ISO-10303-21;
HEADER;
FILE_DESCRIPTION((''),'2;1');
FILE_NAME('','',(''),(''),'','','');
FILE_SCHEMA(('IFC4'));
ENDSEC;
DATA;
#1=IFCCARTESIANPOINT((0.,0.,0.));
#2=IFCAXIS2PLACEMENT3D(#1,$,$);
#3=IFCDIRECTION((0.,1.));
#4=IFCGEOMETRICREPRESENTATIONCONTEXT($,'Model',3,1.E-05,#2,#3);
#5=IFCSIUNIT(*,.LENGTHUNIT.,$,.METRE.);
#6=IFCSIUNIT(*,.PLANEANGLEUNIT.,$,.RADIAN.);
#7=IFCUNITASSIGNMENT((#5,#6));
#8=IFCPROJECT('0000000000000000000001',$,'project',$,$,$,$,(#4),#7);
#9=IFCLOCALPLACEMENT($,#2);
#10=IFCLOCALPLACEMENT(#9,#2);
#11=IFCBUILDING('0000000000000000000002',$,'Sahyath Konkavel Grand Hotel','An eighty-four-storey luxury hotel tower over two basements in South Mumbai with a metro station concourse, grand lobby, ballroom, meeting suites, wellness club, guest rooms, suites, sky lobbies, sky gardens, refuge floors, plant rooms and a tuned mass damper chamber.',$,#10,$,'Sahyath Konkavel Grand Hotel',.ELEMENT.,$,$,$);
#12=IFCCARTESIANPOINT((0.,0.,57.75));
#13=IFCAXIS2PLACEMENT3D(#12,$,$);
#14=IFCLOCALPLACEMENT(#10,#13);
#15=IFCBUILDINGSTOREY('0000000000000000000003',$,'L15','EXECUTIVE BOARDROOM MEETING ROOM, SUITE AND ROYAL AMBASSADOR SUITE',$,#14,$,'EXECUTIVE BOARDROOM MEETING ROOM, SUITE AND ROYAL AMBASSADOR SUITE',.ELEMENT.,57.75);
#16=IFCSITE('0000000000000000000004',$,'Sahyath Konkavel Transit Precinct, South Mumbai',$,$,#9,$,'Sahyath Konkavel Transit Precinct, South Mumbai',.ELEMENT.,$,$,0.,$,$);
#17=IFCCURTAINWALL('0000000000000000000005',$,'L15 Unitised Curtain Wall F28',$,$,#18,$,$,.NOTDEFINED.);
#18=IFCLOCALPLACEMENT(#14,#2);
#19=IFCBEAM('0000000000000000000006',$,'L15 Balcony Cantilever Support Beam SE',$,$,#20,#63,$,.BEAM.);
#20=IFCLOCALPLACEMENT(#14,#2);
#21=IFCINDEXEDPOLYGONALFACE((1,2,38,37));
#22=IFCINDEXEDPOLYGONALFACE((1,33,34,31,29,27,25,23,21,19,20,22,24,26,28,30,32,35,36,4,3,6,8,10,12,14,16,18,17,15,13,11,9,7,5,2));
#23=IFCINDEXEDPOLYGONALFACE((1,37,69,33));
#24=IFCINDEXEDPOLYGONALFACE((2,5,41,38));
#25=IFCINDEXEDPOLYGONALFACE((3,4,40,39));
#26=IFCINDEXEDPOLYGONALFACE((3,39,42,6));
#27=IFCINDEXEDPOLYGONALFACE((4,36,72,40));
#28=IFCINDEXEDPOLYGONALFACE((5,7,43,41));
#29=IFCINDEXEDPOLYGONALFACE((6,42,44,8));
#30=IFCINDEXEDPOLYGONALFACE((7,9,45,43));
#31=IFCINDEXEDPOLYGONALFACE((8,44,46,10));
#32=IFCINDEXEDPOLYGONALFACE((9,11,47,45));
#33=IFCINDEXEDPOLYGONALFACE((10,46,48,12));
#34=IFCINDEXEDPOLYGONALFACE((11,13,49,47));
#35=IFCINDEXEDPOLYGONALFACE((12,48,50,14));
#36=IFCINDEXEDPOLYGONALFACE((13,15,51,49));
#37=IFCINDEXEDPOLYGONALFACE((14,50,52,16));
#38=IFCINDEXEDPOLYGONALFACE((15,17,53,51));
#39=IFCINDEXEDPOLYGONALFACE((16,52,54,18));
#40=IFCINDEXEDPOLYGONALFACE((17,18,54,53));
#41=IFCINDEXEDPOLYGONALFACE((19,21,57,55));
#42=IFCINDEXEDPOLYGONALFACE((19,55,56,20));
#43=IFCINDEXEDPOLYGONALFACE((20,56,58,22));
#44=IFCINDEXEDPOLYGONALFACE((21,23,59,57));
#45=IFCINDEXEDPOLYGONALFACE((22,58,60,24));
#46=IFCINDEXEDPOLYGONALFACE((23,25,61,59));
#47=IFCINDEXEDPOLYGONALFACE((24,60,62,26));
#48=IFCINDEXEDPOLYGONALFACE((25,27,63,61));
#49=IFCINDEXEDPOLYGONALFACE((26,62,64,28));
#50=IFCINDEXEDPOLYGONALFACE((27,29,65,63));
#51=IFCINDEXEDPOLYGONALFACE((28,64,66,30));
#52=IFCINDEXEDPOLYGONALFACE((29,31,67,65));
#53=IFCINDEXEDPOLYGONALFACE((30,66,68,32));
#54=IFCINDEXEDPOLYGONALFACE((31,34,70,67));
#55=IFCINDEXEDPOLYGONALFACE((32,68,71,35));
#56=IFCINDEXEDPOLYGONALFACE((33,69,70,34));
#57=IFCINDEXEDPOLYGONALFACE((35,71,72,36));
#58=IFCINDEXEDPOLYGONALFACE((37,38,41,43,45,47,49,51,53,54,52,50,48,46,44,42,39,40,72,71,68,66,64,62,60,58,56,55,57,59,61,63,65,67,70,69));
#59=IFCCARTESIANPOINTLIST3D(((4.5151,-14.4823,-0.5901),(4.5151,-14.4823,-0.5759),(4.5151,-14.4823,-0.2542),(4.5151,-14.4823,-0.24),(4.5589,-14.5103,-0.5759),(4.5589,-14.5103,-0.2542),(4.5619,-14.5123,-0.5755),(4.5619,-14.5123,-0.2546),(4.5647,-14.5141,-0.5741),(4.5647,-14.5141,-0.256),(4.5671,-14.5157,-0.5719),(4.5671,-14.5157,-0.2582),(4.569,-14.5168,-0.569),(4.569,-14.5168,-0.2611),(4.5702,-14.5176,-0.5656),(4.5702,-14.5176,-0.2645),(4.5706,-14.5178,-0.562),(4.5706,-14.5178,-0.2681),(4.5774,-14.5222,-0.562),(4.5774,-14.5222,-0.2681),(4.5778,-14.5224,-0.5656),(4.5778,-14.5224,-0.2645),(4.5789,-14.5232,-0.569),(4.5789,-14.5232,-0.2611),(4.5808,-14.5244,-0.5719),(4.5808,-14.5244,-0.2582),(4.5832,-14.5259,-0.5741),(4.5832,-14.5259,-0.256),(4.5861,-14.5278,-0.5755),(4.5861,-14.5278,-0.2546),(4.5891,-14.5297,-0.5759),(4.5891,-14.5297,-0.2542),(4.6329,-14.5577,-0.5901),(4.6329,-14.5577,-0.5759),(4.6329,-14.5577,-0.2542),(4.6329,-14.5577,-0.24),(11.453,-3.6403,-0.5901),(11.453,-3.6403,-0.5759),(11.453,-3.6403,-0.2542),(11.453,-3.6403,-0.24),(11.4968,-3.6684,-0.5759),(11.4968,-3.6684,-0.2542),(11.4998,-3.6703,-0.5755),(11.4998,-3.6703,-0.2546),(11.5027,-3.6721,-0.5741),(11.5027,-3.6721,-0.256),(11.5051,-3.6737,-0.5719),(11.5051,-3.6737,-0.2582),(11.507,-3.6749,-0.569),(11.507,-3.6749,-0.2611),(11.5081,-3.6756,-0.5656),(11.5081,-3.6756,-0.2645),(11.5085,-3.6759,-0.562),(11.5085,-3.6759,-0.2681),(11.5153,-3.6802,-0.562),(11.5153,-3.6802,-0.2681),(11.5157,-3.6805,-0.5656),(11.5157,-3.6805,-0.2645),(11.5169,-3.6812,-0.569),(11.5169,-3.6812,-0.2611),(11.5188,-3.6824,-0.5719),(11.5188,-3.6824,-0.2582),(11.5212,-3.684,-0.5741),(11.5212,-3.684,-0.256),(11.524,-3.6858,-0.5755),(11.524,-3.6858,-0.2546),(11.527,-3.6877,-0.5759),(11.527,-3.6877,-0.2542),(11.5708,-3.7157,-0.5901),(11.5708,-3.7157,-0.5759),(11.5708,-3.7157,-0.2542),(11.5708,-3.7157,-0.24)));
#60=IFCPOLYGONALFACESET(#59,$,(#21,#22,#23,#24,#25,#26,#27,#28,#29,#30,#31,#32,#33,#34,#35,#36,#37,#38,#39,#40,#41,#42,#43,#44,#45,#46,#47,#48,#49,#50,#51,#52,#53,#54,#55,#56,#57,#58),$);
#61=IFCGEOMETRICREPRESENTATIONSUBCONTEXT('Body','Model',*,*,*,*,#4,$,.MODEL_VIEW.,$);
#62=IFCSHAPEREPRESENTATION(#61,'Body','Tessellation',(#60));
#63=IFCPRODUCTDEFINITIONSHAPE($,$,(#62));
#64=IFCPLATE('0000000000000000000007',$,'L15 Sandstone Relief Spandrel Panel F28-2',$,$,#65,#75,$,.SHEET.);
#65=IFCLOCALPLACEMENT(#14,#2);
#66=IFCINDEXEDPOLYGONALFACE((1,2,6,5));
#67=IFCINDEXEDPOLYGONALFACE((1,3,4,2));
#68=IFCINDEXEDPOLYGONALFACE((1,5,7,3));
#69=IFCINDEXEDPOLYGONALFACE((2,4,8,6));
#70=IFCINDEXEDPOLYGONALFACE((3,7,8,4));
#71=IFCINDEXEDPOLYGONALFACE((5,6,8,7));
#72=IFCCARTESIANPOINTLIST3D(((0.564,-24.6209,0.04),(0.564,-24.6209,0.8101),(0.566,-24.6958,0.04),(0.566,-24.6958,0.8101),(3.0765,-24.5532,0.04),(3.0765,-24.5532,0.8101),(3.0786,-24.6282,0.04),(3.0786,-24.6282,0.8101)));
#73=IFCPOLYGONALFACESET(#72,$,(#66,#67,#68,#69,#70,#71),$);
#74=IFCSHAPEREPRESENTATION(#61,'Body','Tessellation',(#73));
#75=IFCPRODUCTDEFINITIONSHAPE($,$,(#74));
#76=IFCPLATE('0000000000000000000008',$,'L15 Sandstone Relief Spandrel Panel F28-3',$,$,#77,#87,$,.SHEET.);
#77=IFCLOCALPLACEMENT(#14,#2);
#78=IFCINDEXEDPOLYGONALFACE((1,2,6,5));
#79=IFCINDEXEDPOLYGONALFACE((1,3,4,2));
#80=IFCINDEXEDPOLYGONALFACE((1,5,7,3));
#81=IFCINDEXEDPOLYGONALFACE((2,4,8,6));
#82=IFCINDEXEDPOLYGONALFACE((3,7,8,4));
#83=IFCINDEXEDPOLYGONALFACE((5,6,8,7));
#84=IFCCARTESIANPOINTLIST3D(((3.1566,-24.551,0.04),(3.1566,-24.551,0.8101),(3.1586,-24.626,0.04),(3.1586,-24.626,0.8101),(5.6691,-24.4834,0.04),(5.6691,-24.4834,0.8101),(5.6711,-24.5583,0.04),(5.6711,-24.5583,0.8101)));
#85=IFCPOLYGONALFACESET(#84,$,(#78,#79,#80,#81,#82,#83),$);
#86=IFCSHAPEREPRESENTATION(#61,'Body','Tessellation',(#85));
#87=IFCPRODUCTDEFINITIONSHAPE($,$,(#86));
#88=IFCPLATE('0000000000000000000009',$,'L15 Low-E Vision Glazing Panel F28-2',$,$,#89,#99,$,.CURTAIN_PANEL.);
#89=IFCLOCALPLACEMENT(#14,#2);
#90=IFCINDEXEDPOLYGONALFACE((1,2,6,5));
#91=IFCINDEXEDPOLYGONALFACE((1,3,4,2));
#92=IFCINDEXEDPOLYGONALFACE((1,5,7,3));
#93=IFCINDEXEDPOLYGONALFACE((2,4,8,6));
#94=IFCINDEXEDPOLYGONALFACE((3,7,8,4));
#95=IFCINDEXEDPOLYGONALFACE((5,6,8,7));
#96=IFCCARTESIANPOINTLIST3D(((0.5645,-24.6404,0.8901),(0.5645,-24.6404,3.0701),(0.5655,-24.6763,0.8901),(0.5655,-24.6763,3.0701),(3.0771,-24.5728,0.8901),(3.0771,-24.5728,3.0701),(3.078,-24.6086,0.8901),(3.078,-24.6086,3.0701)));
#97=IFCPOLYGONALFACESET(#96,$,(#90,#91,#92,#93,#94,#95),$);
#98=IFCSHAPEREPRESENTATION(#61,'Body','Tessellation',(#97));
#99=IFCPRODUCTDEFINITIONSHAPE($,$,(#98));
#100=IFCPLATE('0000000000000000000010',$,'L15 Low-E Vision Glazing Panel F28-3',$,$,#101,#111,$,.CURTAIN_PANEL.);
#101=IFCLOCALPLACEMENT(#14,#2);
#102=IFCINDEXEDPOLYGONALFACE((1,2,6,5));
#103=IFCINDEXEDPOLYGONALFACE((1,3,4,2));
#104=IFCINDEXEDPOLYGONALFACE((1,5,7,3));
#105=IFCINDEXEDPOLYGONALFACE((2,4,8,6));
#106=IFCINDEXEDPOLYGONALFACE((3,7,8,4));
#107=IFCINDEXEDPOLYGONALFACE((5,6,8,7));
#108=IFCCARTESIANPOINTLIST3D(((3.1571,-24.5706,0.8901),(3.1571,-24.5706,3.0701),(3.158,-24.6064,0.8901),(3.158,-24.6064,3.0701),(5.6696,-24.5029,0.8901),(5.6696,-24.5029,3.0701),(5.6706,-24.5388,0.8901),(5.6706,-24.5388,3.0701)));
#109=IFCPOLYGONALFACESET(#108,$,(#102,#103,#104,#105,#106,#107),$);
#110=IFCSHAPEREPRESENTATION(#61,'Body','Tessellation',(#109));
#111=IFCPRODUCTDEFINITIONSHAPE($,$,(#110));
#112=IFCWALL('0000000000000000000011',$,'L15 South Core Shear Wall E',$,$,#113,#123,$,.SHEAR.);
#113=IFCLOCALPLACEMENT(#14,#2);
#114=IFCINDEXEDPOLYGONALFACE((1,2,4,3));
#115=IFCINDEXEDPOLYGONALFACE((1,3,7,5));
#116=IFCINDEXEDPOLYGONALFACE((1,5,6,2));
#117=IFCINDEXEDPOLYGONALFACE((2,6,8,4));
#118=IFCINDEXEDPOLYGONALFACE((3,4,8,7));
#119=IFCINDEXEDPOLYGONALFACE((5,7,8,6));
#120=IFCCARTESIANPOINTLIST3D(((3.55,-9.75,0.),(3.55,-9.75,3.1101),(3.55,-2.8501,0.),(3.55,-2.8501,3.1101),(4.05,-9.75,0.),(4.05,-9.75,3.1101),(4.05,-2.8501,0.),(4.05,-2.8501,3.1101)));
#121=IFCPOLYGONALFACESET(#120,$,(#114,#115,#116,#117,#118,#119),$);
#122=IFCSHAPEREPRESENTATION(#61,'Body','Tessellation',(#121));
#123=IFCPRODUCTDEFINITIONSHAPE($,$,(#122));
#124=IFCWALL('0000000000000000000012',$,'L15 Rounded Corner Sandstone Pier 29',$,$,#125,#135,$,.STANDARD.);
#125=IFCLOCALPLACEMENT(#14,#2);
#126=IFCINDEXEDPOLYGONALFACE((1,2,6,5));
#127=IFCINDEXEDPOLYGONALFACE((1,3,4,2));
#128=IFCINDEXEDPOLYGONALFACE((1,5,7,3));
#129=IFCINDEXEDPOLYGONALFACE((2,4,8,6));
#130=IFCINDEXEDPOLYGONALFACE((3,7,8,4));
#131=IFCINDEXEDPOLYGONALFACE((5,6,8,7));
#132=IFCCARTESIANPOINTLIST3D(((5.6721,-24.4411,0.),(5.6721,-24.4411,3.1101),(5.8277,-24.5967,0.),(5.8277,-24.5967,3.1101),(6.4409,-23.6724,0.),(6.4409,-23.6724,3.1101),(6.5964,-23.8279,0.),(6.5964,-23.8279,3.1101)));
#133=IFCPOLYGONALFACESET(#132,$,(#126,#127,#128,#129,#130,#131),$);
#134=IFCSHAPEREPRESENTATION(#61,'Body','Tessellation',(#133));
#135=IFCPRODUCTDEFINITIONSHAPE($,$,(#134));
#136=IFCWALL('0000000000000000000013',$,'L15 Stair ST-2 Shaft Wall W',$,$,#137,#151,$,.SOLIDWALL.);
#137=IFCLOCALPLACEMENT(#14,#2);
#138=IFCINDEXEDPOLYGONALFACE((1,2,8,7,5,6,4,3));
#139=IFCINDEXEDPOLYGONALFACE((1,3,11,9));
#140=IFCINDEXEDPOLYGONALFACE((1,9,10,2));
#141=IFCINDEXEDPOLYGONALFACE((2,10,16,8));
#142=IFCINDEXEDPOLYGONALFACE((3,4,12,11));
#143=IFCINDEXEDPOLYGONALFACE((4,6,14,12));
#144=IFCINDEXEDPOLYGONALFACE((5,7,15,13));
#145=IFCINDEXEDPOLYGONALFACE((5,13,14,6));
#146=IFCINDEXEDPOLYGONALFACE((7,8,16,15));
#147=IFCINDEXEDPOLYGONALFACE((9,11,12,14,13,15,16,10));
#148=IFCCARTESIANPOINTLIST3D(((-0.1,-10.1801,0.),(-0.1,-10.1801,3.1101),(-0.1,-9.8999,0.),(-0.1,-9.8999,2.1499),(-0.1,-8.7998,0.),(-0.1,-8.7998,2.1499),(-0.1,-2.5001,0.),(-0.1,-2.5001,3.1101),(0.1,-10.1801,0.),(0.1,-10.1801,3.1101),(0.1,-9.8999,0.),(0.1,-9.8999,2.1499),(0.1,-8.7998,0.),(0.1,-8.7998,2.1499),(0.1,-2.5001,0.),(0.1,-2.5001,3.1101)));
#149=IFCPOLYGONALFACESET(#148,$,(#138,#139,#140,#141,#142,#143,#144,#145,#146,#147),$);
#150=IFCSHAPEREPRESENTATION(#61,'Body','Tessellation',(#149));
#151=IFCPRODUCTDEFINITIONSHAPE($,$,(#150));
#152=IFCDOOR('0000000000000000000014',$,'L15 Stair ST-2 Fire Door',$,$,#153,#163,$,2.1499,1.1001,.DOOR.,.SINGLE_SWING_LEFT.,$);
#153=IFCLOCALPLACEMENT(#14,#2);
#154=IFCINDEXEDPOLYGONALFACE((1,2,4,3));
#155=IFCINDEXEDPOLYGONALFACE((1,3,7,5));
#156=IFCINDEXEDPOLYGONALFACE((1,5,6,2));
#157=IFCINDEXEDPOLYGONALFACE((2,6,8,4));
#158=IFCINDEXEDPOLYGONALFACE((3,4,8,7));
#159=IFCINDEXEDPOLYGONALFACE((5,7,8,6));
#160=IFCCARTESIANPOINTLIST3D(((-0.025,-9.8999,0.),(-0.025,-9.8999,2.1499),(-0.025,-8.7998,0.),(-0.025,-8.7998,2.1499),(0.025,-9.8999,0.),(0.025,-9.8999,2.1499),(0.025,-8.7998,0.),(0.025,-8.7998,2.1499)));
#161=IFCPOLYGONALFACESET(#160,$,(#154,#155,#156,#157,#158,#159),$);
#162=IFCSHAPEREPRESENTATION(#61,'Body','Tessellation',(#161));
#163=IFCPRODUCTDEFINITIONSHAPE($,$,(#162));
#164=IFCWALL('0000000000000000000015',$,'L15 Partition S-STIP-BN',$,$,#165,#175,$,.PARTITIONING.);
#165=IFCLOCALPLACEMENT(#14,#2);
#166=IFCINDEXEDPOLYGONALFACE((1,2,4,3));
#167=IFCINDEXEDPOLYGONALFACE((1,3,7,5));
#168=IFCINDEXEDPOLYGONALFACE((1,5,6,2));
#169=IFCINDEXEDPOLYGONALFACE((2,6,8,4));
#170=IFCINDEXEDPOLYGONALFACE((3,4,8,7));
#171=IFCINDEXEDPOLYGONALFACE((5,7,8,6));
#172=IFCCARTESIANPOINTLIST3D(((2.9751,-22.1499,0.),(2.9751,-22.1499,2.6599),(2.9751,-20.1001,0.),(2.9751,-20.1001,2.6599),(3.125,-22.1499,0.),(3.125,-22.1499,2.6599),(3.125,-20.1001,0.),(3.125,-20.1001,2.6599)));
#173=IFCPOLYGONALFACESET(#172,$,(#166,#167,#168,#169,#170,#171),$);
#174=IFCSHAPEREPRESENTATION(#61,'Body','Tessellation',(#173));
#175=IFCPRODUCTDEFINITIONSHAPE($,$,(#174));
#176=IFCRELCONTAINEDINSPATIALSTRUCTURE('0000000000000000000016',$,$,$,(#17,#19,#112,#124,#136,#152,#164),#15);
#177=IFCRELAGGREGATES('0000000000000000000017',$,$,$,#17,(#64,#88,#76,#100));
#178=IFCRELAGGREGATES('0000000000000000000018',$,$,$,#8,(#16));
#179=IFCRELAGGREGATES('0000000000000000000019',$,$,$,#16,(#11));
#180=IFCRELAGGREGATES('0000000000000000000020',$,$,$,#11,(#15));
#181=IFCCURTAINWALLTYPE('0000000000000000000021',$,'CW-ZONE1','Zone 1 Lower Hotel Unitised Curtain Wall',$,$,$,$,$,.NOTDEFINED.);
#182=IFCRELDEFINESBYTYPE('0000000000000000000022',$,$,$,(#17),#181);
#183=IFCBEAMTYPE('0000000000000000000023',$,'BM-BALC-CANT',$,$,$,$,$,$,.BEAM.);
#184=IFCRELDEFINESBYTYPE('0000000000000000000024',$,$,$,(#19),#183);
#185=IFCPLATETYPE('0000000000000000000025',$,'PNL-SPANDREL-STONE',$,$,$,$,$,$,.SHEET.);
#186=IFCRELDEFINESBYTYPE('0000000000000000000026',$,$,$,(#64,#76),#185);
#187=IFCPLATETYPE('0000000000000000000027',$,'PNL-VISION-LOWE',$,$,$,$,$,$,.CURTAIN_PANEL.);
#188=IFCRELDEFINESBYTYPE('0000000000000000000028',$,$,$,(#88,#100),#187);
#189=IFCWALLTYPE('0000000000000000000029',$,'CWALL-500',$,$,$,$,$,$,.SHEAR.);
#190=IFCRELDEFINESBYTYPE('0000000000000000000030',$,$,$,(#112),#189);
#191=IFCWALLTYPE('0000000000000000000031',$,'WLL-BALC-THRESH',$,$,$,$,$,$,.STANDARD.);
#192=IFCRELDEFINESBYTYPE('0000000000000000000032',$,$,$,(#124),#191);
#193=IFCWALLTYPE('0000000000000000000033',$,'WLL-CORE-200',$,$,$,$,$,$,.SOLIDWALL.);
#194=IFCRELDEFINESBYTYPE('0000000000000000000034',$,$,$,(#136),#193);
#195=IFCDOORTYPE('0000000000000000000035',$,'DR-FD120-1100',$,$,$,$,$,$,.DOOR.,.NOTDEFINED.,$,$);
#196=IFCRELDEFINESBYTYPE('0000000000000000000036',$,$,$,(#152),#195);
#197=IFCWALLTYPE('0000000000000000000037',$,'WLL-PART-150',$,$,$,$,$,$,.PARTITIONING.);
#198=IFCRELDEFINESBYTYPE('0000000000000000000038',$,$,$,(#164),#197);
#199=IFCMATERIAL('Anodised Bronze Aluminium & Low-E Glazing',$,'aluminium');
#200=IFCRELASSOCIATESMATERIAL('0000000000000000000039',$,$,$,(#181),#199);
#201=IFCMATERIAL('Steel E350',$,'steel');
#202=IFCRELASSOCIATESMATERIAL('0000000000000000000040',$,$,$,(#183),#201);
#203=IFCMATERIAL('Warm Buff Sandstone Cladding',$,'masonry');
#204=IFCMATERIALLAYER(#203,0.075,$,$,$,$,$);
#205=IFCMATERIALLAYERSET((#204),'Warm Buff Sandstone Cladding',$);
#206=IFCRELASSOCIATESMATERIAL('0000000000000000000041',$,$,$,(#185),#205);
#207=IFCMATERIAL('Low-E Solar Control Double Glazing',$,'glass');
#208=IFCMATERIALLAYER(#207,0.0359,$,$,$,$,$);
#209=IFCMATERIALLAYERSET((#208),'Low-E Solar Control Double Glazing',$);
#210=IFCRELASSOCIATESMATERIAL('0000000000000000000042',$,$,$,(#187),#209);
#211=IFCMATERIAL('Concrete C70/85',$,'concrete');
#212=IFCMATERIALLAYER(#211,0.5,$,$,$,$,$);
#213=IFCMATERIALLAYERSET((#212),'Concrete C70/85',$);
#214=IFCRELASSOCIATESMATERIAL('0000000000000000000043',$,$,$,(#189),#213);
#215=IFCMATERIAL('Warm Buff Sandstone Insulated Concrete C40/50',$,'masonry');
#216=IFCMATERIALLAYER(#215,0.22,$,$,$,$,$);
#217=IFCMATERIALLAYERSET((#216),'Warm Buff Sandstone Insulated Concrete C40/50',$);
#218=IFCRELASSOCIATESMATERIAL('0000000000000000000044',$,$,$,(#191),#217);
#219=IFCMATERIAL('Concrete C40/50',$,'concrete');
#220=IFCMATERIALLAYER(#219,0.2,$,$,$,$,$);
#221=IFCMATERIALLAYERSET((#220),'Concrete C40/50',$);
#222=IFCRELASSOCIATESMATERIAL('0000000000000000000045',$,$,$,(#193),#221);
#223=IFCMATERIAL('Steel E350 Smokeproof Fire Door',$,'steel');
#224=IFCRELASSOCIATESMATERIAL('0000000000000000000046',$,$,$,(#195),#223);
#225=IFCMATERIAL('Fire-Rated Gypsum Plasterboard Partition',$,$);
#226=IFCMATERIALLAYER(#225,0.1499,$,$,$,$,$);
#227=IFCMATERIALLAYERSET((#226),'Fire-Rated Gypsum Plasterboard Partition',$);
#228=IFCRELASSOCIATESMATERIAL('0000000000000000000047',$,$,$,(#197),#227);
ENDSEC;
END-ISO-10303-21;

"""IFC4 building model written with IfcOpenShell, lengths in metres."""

from ifc_helpers import new_model, si_unit, direction, frame, frame_2d, origin, origin_2d, place, context, subcontext, project, spatial, rectangle, i_section, extrude, source, transform, mapped, material, layer, layer_set, material_profile, profile_set, type_object, element, fill, aggregate, save


model = new_model("IFC4")

# Units and contexts
model_context = context("Model", 3, precision=1e-05, world=origin(), true_north=direction((0.0, 1.0)))
body_context = subcontext(model_context, "Body", "Model", "MODEL_VIEW")
ifc_project = project(units=[si_unit("LENGTHUNIT", "METRE"), si_unit("PLANEANGLEUNIT", "RADIAN")], contexts=[model_context])

# Site, building, storey
site_placement = place(None, origin())
site = spatial("IfcSite", under=ifc_project, at=site_placement, Name="Sahyath Konkavel Transit Precinct, South Mumbai", LongName="Sahyath Konkavel Transit Precinct, South Mumbai", CompositionType="ELEMENT", RefElevation=0.0)
building_placement = place(site_placement, origin())
building = spatial("IfcBuilding", under=site, at=building_placement, Name="Sahyath Konkavel Grand Hotel", Description="An eighty-four-storey luxury hotel tower over two basements in South Mumbai with a metro station concourse, grand lobby, ballroom, meeting suites, wellness club, guest rooms, suites, sky lobbies, sky gardens, refuge floors, plant rooms and a tuned mass damper chamber.", LongName="Sahyath Konkavel Grand Hotel", CompositionType="ELEMENT")
storey_placement = place(building_placement, frame((0.0, 0.0, 57.75)))
storey = spatial("IfcBuildingStorey", under=building, at=storey_placement, Name="L15", Description="EXECUTIVE BOARDROOM MEETING ROOM, SUITE AND ROYAL AMBASSADOR SUITE", LongName="EXECUTIVE BOARDROOM MEETING ROOM, SUITE AND ROYAL AMBASSADOR SUITE", CompositionType="ELEMENT", Elevation=57.75)

# Shared definitions
ifc_material_1 = material(Name="Concrete C70/85", Category="concrete")

# Shared definitions
ifc_material_2 = material(Name="Steel E350", Category="steel")

# Curtain wall
ifc_material_3 = material(Name="Anodised Bronze Aluminium & Low-E Glazing", Category="aluminium")
curtain_wall_type = type_object("IfcCurtainWallType", Name="CW-ZONE1", Description="Zone 1 Lower Hotel Unitised Curtain Wall", PredefinedType="NOTDEFINED", material=ifc_material_3)
curtain_wall_placement = place(storey_placement, origin())
curtain_wall = element("IfcCurtainWall", 1, at=curtain_wall_placement, inside=storey, type_object=curtain_wall_type, Name="L15 Unitised Curtain Wall F28", PredefinedType="NOTDEFINED")

# Beam
ifc_material_profile_1 = material_profile(ifc_material_2, i_section(OverallWidth=0.1399, OverallDepth=0.3501, WebThickness=0.0081, FlangeThickness=0.0142, FilletRadius=0.0139, at=origin_2d()), Name="ISMB 350")
ifc_profile_set_1 = profile_set([ifc_material_profile_1], Name="Steel E350")
beam_type_1 = type_object("IfcBeamType", Name="BM-BALC-CANT", PredefinedType="BEAM", material=ifc_profile_set_1)
shared_shape_1 = source(origin(), body_context, "Body", "SweptSolid", [
    extrude(i_section(OverallWidth=0.1399, OverallDepth=0.3501, WebThickness=0.0081, FlangeThickness=0.0142, FilletRadius=0.0139, at=origin_2d()), origin(), (0.0, 0.0, 1.0), 12.8718),
])
beam_1_placement = place(storey_placement, frame((4.574, -14.52, -0.415), z_axis=(0.539003, 0.842304, 0.0), x_axis=(-0.842304, 0.539003, 0.0)))
element("IfcBeam", 2, at=beam_1_placement, inside=storey, type_object=beam_type_1, Name="L15 Balcony Cantilever Support Beam SE", PredefinedType="BEAM", context=body_context, shape_type="MappedRepresentation", body=[
    mapped(shared_shape_1, transform((0.0, 0.0, 0.0), scale=1.0)),
])

# Plates
ifc_material_4 = material(Name="Warm Buff Sandstone Cladding", Category="masonry")
ifc_layer_1 = layer(ifc_material_4, 0.075)
ifc_layer_set_1 = layer_set([ifc_layer_1], Name="Warm Buff Sandstone Cladding")
plate_type_1 = type_object("IfcPlateType", Name="PNL-SPANDREL-STONE", PredefinedType="SHEET", material=ifc_layer_set_1)
shared_shape_2 = source(origin(), body_context, "Body", "SweptSolid", [
    extrude(rectangle(XDim=2.5134, YDim=0.075, at=origin_2d()), origin(), (0.0, 0.0, 1.0), 0.77),
])
plate_1_placement = place(storey_placement, frame((1.8213, -24.6245, 0.04), z_axis=(0.0, 0.0, 1.0), x_axis=(0.999638, 0.02691, 0.0)))
plate_1 = element("IfcPlate", 3, at=plate_1_placement, type_object=plate_type_1, Name="L15 Sandstone Relief Spandrel Panel F28-2", PredefinedType="SHEET", context=body_context, shape_type="MappedRepresentation", body=[
    mapped(shared_shape_2, transform((0.0, 0.0, 0.0), scale=1.0)),
])
plate_2_placement = place(storey_placement, frame((4.4138, -24.5547, 0.04), z_axis=(0.0, 0.0, 1.0), x_axis=(0.999638, 0.02691, 0.0)))
plate_2 = element("IfcPlate", 4, at=plate_2_placement, type_object=plate_type_1, Name="L15 Sandstone Relief Spandrel Panel F28-3", PredefinedType="SHEET", context=body_context, shape_type="MappedRepresentation", body=[
    mapped(shared_shape_2, transform((0.0, 0.0, 0.0), scale=1.0)),
])
ifc_material_5 = material(Name="Low-E Solar Control Double Glazing", Category="glass")
ifc_layer_2 = layer(ifc_material_5, 0.0359)
ifc_layer_set_2 = layer_set([ifc_layer_2], Name="Low-E Solar Control Double Glazing")
plate_type_2 = type_object("IfcPlateType", Name="PNL-VISION-LOWE", PredefinedType="CURTAIN_PANEL", material=ifc_layer_set_2)
shared_shape_3 = source(origin(), body_context, "Body", "SweptSolid", [
    extrude(rectangle(XDim=2.5134, YDim=0.0359, at=origin_2d()), origin(), (0.0, 0.0, 1.0), 2.1799),
])
plate_3_placement = place(storey_placement, frame((1.8213, -24.6245, 0.8901), z_axis=(0.0, 0.0, 1.0), x_axis=(0.999638, 0.02691, 0.0)))
plate_3 = element("IfcPlate", 5, at=plate_3_placement, type_object=plate_type_2, Name="L15 Low-E Vision Glazing Panel F28-2", PredefinedType="CURTAIN_PANEL", context=body_context, shape_type="MappedRepresentation", body=[
    mapped(shared_shape_3, transform((0.0, 0.0, 0.0), scale=1.0)),
])
plate_4_placement = place(storey_placement, frame((4.4138, -24.5547, 0.8901), z_axis=(0.0, 0.0, 1.0), x_axis=(0.999638, 0.02691, 0.0)))
plate_4 = element("IfcPlate", 6, at=plate_4_placement, type_object=plate_type_2, Name="L15 Low-E Vision Glazing Panel F28-3", PredefinedType="CURTAIN_PANEL", context=body_context, shape_type="MappedRepresentation", body=[
    mapped(shared_shape_3, transform((0.0, 0.0, 0.0), scale=1.0)),
])
aggregate(curtain_wall, [plate_1, plate_3, plate_2, plate_4])

# Walls
ifc_layer_3 = layer(ifc_material_1, 0.5)
ifc_layer_set_3 = layer_set([ifc_layer_3], Name="Concrete C70/85")
wall_type_1 = type_object("IfcWallType", Name="CWALL-500", PredefinedType="SHEAR", material=ifc_layer_set_3)
wall_1_placement = place(storey_placement, frame((3.8, -9.75, 0.0), z_axis=(0.0, 0.0, 1.0), x_axis=(0.0, 1.0, 0.0)))
element("IfcWall", 7, at=wall_1_placement, inside=storey, type_object=wall_type_1, Name="L15 South Core Shear Wall E", PredefinedType="SHEAR", context=body_context, shape_type="SweptSolid", body=[
    extrude(rectangle(XDim=6.8999, YDim=0.5, at=frame_2d((3.45, 0.0))), origin(), (0.0, 0.0, 1.0), 3.1101),
])
ifc_material_6 = material(Name="Warm Buff Sandstone Insulated Concrete C40/50", Category="masonry")
ifc_layer_4 = layer(ifc_material_6, 0.22)
ifc_layer_set_4 = layer_set([ifc_layer_4], Name="Warm Buff Sandstone Insulated Concrete C40/50")
wall_type_2 = type_object("IfcWallType", Name="WLL-BALC-THRESH", PredefinedType="STANDARD", material=ifc_layer_set_4)
wall_2_placement = place(storey_placement, frame((5.75, -24.5188, 0.0), z_axis=(0.0, 0.0, 1.0), x_axis=(0.707107, 0.707107, 0.0)))
element("IfcWall", 8, at=wall_2_placement, inside=storey, type_object=wall_type_2, Name="L15 Rounded Corner Sandstone Pier 29", PredefinedType="STANDARD", context=body_context, shape_type="SweptSolid", body=[
    extrude(rectangle(XDim=1.0872, YDim=0.22, at=frame_2d((0.5435, 0.0))), origin(), (0.0, 0.0, 1.0), 3.1101),
])

# Wall, opening, door
ifc_material_7 = material(Name="Concrete C40/50", Category="concrete")
ifc_layer_5 = layer(ifc_material_7, 0.2)
ifc_layer_set_5 = layer_set([ifc_layer_5], Name="Concrete C40/50")
wall_type_3 = type_object("IfcWallType", Name="WLL-CORE-200", PredefinedType="SOLIDWALL", material=ifc_layer_set_5)
wall_3_placement = place(storey_placement, frame((0.0, -10.1799, 0.0), z_axis=(0.0, 0.0, 1.0), x_axis=(0.0, 1.0, 0.0)))
wall_3 = element("IfcWall", 9, at=wall_3_placement, inside=storey, type_object=wall_type_3, Name="L15 Stair ST-2 Shaft Wall W", PredefinedType="SOLIDWALL", context=body_context, shape_type="SweptSolid", body=[
    extrude(rectangle(XDim=7.6799, YDim=0.2, at=frame_2d((3.8398, 0.0))), origin(), (0.0, 0.0, 1.0), 3.1101),
])
opening_1_placement = place(wall_3_placement, frame((0.28, 0.0, 0.0)))
opening_1 = element("IfcOpeningElement", 10, at=opening_1_placement, cuts=wall_3, PredefinedType="OPENING", context=body_context, shape_type="SweptSolid", body=[
    extrude(rectangle(XDim=1.1001, YDim=2.1499, at=frame_2d((0.55, 1.075))), frame((0.0, 0.1099, 0.0), z_axis=(0.0, -1.0, 0.0), x_axis=(1.0, 0.0, 0.0)), (0.0, 0.0, 1.0), 0.22),
])
ifc_material_8 = material(Name="Steel E350 Smokeproof Fire Door", Category="steel")
door_type_1 = type_object("IfcDoorType", Name="DR-FD120-1100", OperationType="NOTDEFINED", PredefinedType="DOOR", material=ifc_material_8)
shared_shape_4 = source(origin(), body_context, "Body", "SweptSolid", [
    extrude(rectangle(XDim=1.1001, YDim=0.05, at=origin_2d()), origin(), (0.0, 0.0, 1.0), 2.1499),
])
door_1_placement = place(opening_1_placement, frame((0.55, 0.0, 0.0)))
door_1 = element("IfcDoor", 11, at=door_1_placement, inside=storey, type_object=door_type_1, Name="L15 Stair ST-2 Fire Door", OperationType="SINGLE_SWING_LEFT", OverallHeight=2.1499, OverallWidth=1.1001, PredefinedType="DOOR", context=body_context, shape_type="MappedRepresentation", body=[
    mapped(shared_shape_4, transform((0.0, 0.0, 0.0), scale=1.0)),
])
fill(opening_1, door_1)

# Wall
ifc_material_9 = material(Name="Fire-Rated Gypsum Plasterboard Partition")
ifc_layer_6 = layer(ifc_material_9, 0.1499)
ifc_layer_set_6 = layer_set([ifc_layer_6], Name="Fire-Rated Gypsum Plasterboard Partition")
wall_type_4 = type_object("IfcWallType", Name="WLL-PART-150", PredefinedType="PARTITIONING", material=ifc_layer_set_6)
for number, where, z_axis, x_axis, name in (
    (12, (3.05, -20.1001, 0.0), (0.0, 0.0, 1.0), (0.0, -1.0, 0.0), "L15 Partition S-STIP-BN"),
):
    element("IfcWall", number, at=place(storey_placement, frame(where, z_axis=z_axis, x_axis=x_axis)), inside=storey, type_object=wall_type_4, Name=name, PredefinedType="PARTITIONING", context=body_context, shape_type="SweptSolid", body=[
        extrude(rectangle(XDim=2.0498, YDim=0.1499, at=frame_2d((1.0249, 0.0))), origin(), (0.0, 0.0, 1.0), 2.6599),
    ])

save(model, "model.ifc")
